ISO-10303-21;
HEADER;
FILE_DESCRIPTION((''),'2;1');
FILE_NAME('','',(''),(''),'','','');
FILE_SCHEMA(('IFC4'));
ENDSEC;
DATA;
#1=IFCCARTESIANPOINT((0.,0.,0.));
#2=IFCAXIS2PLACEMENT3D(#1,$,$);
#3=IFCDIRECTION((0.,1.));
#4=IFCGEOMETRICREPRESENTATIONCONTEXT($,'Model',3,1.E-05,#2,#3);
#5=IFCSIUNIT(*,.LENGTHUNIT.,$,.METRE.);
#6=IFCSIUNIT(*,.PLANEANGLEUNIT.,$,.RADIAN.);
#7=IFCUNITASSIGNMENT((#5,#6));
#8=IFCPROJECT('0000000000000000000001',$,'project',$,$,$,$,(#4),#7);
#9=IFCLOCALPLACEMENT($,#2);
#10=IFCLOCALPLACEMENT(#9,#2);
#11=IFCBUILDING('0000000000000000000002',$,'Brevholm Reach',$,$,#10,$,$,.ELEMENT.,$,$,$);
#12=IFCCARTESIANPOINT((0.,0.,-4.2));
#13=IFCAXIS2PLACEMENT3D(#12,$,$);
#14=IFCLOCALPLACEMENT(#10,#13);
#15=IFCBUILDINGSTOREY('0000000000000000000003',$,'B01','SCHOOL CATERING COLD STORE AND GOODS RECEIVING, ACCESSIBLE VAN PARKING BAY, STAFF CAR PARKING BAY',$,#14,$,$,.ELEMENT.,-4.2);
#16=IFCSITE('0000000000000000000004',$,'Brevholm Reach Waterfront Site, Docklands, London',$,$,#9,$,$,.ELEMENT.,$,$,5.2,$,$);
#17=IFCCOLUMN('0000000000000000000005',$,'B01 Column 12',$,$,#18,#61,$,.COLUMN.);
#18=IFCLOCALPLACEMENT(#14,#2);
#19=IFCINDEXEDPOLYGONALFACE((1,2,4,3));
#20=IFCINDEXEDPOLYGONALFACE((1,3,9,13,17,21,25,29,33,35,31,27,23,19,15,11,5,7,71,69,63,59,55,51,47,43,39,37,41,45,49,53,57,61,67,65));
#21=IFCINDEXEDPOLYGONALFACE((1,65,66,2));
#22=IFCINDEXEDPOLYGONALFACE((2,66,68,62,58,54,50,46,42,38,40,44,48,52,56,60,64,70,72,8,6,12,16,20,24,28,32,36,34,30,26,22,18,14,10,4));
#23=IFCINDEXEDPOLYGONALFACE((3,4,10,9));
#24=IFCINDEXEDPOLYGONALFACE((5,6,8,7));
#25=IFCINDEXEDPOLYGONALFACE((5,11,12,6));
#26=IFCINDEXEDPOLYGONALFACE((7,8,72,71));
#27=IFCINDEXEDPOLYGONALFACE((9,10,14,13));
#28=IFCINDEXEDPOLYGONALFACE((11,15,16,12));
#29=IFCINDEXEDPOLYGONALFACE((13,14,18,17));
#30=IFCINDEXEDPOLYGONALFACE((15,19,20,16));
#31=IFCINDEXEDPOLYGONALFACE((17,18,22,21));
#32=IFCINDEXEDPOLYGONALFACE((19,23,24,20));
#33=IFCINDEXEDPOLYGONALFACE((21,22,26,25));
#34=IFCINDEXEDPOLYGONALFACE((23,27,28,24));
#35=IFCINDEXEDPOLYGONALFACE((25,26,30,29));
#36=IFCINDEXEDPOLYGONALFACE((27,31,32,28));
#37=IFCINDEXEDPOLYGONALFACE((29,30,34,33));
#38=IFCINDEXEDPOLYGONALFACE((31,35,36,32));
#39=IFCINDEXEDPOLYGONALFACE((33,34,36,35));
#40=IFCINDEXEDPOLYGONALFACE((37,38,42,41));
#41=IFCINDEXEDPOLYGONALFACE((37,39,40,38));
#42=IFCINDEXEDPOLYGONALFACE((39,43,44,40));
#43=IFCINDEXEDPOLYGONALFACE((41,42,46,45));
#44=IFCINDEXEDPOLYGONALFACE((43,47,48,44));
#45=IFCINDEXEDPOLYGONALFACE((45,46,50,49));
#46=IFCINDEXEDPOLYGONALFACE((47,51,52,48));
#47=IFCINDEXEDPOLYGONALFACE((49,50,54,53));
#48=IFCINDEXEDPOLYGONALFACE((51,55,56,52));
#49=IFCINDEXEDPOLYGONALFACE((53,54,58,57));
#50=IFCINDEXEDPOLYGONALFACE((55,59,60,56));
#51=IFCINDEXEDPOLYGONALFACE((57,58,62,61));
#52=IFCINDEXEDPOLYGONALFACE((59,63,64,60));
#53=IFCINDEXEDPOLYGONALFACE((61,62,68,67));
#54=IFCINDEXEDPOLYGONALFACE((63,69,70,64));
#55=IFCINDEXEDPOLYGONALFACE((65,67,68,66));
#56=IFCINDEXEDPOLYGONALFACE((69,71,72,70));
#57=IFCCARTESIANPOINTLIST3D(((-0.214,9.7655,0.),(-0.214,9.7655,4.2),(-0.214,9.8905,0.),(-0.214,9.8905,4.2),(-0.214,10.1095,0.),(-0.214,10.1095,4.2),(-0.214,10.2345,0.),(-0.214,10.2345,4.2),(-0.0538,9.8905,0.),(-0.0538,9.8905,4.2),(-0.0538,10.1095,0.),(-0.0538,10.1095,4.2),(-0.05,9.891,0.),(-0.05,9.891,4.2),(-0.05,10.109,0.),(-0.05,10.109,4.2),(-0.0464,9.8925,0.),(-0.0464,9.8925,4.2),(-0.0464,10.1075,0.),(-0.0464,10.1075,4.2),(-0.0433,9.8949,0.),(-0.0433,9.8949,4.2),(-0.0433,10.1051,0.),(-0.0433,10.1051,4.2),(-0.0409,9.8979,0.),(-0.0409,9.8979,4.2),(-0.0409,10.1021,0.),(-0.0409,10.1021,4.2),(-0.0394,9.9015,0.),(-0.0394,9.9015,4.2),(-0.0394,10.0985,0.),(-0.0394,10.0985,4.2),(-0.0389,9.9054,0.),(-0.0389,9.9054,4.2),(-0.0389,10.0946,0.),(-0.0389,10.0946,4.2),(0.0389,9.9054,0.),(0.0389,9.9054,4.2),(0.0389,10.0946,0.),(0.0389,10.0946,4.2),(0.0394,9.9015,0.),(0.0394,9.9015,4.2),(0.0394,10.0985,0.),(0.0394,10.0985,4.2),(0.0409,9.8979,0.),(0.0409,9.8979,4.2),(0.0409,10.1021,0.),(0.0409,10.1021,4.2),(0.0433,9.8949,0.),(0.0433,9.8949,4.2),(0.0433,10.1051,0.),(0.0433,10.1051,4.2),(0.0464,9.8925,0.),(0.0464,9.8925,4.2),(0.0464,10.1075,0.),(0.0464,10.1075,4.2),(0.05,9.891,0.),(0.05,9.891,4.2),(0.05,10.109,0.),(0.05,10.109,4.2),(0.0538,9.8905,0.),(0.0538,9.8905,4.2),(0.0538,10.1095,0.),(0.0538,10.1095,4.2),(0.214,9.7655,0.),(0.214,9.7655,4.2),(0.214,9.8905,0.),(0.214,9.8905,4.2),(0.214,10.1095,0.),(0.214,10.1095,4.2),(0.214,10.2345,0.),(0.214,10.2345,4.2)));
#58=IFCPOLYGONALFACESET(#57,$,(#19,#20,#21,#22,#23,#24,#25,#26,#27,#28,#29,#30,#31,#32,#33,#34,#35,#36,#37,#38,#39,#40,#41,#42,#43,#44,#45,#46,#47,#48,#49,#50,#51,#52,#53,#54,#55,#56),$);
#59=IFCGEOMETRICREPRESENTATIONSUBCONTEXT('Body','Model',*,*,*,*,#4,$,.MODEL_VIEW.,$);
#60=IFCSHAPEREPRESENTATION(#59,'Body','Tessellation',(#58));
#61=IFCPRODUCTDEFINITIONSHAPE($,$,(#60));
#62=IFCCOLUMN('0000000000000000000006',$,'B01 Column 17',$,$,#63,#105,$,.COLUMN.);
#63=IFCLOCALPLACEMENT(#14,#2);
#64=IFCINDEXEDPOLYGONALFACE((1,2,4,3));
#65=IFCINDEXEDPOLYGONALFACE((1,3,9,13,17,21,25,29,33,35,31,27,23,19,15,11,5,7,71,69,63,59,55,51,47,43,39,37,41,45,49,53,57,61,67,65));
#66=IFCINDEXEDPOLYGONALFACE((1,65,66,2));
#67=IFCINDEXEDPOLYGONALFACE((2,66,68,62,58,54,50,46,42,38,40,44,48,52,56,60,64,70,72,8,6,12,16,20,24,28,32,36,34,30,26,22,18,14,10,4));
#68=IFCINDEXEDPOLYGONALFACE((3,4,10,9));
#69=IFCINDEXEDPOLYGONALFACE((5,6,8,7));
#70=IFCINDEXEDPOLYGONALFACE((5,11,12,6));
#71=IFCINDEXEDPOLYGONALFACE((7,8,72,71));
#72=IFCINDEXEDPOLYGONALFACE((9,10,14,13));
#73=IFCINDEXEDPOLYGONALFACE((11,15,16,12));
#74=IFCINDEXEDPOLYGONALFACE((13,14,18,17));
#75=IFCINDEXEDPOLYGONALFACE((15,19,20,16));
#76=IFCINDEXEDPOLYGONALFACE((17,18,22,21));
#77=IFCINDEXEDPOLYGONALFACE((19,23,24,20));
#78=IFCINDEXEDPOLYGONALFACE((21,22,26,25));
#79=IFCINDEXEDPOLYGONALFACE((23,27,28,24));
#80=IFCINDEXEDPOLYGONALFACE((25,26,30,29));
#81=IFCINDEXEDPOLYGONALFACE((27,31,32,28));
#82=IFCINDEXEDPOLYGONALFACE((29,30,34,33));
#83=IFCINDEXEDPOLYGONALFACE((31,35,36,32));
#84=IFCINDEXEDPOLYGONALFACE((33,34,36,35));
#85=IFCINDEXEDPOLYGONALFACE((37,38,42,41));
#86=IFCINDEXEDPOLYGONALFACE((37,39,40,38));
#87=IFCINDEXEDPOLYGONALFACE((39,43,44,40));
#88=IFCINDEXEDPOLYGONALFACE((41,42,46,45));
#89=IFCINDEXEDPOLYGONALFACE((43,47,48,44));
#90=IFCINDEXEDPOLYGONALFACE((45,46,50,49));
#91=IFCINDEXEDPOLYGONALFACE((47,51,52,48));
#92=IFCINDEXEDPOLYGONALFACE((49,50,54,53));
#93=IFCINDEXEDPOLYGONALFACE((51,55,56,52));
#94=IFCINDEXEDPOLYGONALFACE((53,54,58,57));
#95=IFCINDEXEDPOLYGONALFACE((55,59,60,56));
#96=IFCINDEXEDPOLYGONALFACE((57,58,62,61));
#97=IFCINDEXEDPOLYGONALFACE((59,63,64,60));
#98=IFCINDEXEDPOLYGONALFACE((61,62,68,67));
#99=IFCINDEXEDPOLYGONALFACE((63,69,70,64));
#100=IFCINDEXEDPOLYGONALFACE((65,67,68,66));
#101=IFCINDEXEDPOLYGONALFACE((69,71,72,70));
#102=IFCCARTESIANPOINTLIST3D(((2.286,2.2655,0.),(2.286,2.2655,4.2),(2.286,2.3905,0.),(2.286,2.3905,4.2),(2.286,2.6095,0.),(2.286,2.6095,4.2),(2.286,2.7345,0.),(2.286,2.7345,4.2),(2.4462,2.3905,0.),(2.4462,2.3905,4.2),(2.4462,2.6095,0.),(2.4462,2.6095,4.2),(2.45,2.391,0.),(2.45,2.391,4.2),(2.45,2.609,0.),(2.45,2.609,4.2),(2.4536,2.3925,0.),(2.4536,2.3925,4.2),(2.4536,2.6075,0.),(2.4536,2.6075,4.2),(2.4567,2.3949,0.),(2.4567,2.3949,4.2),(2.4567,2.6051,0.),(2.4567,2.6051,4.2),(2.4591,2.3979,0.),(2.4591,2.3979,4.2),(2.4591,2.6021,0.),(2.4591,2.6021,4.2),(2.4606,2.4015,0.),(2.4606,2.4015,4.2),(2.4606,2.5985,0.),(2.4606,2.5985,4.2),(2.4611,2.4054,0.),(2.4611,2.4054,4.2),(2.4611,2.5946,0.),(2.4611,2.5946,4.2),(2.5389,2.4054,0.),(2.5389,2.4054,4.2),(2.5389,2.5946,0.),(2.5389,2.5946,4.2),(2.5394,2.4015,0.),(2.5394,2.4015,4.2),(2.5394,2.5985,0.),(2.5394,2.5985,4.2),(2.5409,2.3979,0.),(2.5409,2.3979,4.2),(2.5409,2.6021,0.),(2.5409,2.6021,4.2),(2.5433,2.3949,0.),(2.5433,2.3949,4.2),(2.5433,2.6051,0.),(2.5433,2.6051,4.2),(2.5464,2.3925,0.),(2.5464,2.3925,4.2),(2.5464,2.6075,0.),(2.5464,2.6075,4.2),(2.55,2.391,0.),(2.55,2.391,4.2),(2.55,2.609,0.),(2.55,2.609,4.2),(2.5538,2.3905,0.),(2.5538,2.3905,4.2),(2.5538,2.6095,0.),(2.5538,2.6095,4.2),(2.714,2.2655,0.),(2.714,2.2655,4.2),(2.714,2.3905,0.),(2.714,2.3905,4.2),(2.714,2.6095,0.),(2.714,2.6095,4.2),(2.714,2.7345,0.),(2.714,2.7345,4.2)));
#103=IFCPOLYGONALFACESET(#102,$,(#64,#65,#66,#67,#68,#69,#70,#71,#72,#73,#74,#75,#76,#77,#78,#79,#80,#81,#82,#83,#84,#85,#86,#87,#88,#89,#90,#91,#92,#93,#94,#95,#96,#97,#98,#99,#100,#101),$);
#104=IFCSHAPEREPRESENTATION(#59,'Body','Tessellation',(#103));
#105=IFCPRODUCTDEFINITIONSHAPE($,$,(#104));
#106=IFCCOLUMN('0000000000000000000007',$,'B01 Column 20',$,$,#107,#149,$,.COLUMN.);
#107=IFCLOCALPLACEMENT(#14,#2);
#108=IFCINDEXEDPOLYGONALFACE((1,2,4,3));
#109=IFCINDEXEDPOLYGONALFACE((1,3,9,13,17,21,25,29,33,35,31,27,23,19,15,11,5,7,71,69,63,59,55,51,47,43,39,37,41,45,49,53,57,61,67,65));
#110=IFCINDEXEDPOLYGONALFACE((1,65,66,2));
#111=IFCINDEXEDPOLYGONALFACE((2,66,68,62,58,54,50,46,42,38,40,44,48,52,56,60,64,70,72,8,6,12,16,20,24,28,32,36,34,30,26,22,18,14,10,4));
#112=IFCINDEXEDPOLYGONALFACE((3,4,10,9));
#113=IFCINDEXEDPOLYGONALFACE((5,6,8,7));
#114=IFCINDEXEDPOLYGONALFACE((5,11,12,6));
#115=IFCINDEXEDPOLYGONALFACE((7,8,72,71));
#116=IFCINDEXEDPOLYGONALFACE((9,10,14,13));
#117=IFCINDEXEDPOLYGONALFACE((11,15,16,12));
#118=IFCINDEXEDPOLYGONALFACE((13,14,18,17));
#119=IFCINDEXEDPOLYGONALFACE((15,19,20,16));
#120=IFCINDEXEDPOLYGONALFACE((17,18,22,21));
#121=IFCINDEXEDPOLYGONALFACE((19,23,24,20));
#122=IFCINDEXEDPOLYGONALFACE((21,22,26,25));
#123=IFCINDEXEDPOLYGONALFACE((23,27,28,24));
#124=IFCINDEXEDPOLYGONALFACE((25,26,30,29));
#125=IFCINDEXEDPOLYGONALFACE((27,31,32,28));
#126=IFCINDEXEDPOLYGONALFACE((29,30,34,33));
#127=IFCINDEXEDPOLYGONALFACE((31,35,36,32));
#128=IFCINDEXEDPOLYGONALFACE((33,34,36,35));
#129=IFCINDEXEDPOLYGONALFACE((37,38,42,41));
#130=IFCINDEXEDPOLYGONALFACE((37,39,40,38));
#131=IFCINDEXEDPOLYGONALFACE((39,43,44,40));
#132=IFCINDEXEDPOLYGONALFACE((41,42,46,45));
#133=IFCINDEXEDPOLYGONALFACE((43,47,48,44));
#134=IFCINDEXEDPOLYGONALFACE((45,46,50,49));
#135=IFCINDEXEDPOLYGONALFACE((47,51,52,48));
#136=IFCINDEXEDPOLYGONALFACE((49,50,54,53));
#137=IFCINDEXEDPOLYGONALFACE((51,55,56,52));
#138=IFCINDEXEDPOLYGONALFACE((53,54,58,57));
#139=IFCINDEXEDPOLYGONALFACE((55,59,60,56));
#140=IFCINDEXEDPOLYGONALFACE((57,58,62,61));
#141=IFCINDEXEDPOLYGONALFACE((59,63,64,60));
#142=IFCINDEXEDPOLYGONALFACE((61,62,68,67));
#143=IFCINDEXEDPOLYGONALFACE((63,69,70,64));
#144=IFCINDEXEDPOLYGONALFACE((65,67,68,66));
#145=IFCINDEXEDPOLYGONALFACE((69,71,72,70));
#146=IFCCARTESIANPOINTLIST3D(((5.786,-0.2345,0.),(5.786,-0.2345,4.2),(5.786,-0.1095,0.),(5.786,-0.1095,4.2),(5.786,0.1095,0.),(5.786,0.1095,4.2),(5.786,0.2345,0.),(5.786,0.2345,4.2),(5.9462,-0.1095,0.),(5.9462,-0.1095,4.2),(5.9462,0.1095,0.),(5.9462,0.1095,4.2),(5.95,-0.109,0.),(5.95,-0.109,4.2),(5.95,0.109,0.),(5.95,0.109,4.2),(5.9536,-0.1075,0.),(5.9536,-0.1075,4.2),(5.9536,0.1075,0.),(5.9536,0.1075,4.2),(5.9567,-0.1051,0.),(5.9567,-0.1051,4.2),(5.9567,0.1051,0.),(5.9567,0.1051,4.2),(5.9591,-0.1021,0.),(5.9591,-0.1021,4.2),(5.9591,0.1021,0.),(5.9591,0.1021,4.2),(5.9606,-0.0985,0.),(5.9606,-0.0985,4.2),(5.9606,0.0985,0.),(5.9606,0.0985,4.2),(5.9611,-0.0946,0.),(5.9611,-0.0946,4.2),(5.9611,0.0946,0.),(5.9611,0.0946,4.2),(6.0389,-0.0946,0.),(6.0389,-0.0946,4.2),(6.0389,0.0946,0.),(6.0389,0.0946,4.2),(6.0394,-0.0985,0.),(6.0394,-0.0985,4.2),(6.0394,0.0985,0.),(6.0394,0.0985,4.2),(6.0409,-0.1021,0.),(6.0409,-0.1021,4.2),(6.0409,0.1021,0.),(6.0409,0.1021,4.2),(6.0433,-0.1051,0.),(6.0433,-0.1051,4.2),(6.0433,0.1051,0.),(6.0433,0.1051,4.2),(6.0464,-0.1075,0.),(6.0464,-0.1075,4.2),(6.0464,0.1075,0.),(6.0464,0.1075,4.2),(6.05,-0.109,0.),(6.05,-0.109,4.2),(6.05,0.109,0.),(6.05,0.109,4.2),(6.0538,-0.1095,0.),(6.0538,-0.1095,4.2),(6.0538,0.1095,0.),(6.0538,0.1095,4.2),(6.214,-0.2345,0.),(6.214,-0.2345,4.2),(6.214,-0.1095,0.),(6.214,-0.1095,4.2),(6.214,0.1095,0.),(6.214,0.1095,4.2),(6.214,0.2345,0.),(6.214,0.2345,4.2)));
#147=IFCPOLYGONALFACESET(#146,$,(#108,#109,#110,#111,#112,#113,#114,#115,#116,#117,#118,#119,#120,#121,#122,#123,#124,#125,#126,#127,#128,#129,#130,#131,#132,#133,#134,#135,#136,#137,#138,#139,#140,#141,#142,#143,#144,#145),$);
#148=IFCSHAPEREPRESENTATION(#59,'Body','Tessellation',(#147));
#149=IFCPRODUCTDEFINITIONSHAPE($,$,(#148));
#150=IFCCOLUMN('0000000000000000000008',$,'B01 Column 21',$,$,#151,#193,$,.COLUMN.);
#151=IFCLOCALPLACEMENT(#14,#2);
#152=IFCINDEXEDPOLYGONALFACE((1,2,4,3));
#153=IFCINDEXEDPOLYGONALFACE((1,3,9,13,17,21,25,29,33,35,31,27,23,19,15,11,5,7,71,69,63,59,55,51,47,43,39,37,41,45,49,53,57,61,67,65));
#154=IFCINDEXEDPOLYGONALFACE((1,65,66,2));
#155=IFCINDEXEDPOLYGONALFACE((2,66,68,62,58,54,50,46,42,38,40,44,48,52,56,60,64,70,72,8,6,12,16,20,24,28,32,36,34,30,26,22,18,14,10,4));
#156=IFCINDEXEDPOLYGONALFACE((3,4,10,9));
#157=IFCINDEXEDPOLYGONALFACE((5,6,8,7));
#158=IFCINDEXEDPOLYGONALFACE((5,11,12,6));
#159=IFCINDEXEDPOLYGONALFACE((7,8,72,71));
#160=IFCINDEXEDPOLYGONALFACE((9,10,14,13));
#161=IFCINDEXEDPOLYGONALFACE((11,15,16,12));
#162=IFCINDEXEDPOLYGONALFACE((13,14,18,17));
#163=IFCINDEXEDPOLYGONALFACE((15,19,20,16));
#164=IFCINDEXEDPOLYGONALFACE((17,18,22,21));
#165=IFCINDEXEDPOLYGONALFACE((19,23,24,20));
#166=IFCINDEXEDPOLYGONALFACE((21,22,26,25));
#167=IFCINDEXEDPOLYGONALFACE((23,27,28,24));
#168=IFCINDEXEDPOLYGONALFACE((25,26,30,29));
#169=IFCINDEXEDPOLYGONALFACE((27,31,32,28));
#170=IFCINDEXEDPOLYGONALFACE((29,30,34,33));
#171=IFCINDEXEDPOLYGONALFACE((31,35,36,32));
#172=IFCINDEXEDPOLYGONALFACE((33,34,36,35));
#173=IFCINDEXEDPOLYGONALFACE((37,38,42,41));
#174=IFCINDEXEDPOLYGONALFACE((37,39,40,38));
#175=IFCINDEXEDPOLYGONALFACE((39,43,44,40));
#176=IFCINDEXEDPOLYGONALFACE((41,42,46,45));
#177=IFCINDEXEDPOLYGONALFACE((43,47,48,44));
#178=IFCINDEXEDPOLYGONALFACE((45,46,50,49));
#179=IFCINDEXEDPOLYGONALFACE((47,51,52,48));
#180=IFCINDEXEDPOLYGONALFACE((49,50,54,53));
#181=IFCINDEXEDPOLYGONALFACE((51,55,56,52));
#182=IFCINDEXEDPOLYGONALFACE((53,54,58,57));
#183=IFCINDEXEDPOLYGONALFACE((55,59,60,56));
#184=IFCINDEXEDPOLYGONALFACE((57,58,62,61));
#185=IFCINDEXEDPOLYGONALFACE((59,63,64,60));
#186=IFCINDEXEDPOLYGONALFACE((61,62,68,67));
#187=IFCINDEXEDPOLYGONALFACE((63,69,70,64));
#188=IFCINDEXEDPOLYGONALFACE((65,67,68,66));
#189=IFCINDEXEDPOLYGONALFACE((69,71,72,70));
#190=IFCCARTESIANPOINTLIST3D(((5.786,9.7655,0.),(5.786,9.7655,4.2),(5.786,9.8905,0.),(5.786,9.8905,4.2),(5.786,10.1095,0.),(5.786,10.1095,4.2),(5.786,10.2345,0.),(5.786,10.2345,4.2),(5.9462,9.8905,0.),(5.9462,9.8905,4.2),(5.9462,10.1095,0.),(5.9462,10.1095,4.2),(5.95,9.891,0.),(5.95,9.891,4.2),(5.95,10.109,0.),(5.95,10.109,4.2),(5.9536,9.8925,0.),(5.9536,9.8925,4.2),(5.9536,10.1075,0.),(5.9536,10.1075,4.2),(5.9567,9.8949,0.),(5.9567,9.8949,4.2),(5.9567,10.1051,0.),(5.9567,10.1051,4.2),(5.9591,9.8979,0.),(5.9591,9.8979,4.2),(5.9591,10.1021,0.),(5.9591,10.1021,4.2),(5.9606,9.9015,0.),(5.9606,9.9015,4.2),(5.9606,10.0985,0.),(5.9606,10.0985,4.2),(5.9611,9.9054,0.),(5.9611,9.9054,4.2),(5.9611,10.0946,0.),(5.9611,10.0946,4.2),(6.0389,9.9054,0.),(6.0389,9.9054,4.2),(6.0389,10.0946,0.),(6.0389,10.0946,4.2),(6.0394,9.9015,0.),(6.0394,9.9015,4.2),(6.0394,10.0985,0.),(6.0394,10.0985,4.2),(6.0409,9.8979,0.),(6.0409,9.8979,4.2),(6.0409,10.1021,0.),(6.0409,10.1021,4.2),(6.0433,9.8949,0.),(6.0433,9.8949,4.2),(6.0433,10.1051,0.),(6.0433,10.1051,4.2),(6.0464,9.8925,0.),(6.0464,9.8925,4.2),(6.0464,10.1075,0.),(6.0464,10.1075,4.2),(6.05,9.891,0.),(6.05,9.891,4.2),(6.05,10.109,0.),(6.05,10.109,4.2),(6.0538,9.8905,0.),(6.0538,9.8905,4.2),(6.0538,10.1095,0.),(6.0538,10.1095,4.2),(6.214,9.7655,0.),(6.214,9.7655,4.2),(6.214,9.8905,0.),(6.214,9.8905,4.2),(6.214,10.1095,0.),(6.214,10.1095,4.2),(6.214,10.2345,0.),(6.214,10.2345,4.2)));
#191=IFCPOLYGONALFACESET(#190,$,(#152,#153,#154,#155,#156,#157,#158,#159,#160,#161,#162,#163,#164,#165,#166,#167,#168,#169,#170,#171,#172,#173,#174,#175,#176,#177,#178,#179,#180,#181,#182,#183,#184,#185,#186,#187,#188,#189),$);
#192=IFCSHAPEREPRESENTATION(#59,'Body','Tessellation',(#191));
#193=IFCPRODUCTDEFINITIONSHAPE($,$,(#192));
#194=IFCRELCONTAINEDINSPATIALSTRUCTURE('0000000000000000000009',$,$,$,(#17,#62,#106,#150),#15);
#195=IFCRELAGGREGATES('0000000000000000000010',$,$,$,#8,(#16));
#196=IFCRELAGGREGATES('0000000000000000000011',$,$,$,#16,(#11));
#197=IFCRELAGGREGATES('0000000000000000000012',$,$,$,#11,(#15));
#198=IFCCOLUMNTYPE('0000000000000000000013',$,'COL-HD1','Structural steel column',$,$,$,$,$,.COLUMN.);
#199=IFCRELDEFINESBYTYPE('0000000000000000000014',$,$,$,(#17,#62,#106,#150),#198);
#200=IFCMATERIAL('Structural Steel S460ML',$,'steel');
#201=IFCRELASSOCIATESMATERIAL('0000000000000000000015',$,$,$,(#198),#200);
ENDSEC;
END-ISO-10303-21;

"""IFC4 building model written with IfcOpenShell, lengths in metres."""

from ifc_helpers import new_model, si_unit, direction, frame, origin, origin_2d, place, context, subcontext, project, spatial, i_section, extrude, material, material_profile, profile_set, type_object, element, save


model = new_model("IFC4")

# Units and contexts
model_context = context("Model", 3, precision=1e-05, world=origin(), true_north=direction((0.0, 1.0)))
body_context = subcontext(model_context, "Body", "Model", "MODEL_VIEW")
ifc_project = project(units=[si_unit("LENGTHUNIT", "METRE"), si_unit("PLANEANGLEUNIT", "RADIAN")], contexts=[model_context])

# Site, building, storey
site_placement = place(None, origin())
site = spatial("IfcSite", under=ifc_project, at=site_placement, Name="Brevholm Reach Waterfront Site, Docklands, London", CompositionType="ELEMENT", RefElevation=5.2)
building_placement = place(site_placement, origin())
building = spatial("IfcBuilding", under=site, at=building_placement, Name="Brevholm Reach", CompositionType="ELEMENT")
storey_placement = place(building_placement, frame((0.0, 0.0, -4.2)))
storey = spatial("IfcBuildingStorey", under=building, at=storey_placement, Name="B01", Description="SCHOOL CATERING COLD STORE AND GOODS RECEIVING, ACCESSIBLE VAN PARKING BAY, STAFF CAR PARKING BAY", CompositionType="ELEMENT", Elevation=-4.2)

# Columns
ifc_material_1 = material(Name="Structural Steel S460ML", Category="steel")
ifc_material_profile_1 = material_profile(ifc_material_1, i_section(OverallWidth=0.428, OverallDepth=0.469, WebThickness=0.0779, FlangeThickness=0.125, FilletRadius=0.0149, at=origin_2d()), Name="HD 400x1086")
ifc_profile_set_1 = profile_set([ifc_material_profile_1], Name="Structural Steel S460ML")
column_type_1 = type_object("IfcColumnType", Name="COL-HD1", Description="Structural steel column", PredefinedType="COLUMN", material=ifc_profile_set_1)
for number, where, z_axis, x_axis, name in (
    (1, (0.0, 10.0, 0.0), (0.0, 0.0, 1.0), (1.0, 0.0, 0.0), "B01 Column 12"),
    (2, (2.5, 2.5, 0.0), (0.0, 0.0, 1.0), (1.0, 0.0, 0.0), "B01 Column 17"),
    (3, (6.0, 0.0, 0.0), (0.0, 0.0, 1.0), (1.0, 0.0, 0.0), "B01 Column 20"),
    (4, (6.0, 10.0, 0.0), (0.0, 0.0, 1.0), (1.0, 0.0, 0.0), "B01 Column 21"),
):
    element("IfcColumn", number, at=place(storey_placement, frame(where, z_axis=z_axis, x_axis=x_axis)), inside=storey, type_object=column_type_1, Name=name, PredefinedType="COLUMN", context=body_context, shape_type="SweptSolid", body=[
        extrude(i_section(OverallWidth=0.428, OverallDepth=0.469, WebThickness=0.0779, FlangeThickness=0.125, FilletRadius=0.0149, at=origin_2d()), origin(), (0.0, 0.0, 1.0), 4.2),
    ])

save(model, "model.ifc")
